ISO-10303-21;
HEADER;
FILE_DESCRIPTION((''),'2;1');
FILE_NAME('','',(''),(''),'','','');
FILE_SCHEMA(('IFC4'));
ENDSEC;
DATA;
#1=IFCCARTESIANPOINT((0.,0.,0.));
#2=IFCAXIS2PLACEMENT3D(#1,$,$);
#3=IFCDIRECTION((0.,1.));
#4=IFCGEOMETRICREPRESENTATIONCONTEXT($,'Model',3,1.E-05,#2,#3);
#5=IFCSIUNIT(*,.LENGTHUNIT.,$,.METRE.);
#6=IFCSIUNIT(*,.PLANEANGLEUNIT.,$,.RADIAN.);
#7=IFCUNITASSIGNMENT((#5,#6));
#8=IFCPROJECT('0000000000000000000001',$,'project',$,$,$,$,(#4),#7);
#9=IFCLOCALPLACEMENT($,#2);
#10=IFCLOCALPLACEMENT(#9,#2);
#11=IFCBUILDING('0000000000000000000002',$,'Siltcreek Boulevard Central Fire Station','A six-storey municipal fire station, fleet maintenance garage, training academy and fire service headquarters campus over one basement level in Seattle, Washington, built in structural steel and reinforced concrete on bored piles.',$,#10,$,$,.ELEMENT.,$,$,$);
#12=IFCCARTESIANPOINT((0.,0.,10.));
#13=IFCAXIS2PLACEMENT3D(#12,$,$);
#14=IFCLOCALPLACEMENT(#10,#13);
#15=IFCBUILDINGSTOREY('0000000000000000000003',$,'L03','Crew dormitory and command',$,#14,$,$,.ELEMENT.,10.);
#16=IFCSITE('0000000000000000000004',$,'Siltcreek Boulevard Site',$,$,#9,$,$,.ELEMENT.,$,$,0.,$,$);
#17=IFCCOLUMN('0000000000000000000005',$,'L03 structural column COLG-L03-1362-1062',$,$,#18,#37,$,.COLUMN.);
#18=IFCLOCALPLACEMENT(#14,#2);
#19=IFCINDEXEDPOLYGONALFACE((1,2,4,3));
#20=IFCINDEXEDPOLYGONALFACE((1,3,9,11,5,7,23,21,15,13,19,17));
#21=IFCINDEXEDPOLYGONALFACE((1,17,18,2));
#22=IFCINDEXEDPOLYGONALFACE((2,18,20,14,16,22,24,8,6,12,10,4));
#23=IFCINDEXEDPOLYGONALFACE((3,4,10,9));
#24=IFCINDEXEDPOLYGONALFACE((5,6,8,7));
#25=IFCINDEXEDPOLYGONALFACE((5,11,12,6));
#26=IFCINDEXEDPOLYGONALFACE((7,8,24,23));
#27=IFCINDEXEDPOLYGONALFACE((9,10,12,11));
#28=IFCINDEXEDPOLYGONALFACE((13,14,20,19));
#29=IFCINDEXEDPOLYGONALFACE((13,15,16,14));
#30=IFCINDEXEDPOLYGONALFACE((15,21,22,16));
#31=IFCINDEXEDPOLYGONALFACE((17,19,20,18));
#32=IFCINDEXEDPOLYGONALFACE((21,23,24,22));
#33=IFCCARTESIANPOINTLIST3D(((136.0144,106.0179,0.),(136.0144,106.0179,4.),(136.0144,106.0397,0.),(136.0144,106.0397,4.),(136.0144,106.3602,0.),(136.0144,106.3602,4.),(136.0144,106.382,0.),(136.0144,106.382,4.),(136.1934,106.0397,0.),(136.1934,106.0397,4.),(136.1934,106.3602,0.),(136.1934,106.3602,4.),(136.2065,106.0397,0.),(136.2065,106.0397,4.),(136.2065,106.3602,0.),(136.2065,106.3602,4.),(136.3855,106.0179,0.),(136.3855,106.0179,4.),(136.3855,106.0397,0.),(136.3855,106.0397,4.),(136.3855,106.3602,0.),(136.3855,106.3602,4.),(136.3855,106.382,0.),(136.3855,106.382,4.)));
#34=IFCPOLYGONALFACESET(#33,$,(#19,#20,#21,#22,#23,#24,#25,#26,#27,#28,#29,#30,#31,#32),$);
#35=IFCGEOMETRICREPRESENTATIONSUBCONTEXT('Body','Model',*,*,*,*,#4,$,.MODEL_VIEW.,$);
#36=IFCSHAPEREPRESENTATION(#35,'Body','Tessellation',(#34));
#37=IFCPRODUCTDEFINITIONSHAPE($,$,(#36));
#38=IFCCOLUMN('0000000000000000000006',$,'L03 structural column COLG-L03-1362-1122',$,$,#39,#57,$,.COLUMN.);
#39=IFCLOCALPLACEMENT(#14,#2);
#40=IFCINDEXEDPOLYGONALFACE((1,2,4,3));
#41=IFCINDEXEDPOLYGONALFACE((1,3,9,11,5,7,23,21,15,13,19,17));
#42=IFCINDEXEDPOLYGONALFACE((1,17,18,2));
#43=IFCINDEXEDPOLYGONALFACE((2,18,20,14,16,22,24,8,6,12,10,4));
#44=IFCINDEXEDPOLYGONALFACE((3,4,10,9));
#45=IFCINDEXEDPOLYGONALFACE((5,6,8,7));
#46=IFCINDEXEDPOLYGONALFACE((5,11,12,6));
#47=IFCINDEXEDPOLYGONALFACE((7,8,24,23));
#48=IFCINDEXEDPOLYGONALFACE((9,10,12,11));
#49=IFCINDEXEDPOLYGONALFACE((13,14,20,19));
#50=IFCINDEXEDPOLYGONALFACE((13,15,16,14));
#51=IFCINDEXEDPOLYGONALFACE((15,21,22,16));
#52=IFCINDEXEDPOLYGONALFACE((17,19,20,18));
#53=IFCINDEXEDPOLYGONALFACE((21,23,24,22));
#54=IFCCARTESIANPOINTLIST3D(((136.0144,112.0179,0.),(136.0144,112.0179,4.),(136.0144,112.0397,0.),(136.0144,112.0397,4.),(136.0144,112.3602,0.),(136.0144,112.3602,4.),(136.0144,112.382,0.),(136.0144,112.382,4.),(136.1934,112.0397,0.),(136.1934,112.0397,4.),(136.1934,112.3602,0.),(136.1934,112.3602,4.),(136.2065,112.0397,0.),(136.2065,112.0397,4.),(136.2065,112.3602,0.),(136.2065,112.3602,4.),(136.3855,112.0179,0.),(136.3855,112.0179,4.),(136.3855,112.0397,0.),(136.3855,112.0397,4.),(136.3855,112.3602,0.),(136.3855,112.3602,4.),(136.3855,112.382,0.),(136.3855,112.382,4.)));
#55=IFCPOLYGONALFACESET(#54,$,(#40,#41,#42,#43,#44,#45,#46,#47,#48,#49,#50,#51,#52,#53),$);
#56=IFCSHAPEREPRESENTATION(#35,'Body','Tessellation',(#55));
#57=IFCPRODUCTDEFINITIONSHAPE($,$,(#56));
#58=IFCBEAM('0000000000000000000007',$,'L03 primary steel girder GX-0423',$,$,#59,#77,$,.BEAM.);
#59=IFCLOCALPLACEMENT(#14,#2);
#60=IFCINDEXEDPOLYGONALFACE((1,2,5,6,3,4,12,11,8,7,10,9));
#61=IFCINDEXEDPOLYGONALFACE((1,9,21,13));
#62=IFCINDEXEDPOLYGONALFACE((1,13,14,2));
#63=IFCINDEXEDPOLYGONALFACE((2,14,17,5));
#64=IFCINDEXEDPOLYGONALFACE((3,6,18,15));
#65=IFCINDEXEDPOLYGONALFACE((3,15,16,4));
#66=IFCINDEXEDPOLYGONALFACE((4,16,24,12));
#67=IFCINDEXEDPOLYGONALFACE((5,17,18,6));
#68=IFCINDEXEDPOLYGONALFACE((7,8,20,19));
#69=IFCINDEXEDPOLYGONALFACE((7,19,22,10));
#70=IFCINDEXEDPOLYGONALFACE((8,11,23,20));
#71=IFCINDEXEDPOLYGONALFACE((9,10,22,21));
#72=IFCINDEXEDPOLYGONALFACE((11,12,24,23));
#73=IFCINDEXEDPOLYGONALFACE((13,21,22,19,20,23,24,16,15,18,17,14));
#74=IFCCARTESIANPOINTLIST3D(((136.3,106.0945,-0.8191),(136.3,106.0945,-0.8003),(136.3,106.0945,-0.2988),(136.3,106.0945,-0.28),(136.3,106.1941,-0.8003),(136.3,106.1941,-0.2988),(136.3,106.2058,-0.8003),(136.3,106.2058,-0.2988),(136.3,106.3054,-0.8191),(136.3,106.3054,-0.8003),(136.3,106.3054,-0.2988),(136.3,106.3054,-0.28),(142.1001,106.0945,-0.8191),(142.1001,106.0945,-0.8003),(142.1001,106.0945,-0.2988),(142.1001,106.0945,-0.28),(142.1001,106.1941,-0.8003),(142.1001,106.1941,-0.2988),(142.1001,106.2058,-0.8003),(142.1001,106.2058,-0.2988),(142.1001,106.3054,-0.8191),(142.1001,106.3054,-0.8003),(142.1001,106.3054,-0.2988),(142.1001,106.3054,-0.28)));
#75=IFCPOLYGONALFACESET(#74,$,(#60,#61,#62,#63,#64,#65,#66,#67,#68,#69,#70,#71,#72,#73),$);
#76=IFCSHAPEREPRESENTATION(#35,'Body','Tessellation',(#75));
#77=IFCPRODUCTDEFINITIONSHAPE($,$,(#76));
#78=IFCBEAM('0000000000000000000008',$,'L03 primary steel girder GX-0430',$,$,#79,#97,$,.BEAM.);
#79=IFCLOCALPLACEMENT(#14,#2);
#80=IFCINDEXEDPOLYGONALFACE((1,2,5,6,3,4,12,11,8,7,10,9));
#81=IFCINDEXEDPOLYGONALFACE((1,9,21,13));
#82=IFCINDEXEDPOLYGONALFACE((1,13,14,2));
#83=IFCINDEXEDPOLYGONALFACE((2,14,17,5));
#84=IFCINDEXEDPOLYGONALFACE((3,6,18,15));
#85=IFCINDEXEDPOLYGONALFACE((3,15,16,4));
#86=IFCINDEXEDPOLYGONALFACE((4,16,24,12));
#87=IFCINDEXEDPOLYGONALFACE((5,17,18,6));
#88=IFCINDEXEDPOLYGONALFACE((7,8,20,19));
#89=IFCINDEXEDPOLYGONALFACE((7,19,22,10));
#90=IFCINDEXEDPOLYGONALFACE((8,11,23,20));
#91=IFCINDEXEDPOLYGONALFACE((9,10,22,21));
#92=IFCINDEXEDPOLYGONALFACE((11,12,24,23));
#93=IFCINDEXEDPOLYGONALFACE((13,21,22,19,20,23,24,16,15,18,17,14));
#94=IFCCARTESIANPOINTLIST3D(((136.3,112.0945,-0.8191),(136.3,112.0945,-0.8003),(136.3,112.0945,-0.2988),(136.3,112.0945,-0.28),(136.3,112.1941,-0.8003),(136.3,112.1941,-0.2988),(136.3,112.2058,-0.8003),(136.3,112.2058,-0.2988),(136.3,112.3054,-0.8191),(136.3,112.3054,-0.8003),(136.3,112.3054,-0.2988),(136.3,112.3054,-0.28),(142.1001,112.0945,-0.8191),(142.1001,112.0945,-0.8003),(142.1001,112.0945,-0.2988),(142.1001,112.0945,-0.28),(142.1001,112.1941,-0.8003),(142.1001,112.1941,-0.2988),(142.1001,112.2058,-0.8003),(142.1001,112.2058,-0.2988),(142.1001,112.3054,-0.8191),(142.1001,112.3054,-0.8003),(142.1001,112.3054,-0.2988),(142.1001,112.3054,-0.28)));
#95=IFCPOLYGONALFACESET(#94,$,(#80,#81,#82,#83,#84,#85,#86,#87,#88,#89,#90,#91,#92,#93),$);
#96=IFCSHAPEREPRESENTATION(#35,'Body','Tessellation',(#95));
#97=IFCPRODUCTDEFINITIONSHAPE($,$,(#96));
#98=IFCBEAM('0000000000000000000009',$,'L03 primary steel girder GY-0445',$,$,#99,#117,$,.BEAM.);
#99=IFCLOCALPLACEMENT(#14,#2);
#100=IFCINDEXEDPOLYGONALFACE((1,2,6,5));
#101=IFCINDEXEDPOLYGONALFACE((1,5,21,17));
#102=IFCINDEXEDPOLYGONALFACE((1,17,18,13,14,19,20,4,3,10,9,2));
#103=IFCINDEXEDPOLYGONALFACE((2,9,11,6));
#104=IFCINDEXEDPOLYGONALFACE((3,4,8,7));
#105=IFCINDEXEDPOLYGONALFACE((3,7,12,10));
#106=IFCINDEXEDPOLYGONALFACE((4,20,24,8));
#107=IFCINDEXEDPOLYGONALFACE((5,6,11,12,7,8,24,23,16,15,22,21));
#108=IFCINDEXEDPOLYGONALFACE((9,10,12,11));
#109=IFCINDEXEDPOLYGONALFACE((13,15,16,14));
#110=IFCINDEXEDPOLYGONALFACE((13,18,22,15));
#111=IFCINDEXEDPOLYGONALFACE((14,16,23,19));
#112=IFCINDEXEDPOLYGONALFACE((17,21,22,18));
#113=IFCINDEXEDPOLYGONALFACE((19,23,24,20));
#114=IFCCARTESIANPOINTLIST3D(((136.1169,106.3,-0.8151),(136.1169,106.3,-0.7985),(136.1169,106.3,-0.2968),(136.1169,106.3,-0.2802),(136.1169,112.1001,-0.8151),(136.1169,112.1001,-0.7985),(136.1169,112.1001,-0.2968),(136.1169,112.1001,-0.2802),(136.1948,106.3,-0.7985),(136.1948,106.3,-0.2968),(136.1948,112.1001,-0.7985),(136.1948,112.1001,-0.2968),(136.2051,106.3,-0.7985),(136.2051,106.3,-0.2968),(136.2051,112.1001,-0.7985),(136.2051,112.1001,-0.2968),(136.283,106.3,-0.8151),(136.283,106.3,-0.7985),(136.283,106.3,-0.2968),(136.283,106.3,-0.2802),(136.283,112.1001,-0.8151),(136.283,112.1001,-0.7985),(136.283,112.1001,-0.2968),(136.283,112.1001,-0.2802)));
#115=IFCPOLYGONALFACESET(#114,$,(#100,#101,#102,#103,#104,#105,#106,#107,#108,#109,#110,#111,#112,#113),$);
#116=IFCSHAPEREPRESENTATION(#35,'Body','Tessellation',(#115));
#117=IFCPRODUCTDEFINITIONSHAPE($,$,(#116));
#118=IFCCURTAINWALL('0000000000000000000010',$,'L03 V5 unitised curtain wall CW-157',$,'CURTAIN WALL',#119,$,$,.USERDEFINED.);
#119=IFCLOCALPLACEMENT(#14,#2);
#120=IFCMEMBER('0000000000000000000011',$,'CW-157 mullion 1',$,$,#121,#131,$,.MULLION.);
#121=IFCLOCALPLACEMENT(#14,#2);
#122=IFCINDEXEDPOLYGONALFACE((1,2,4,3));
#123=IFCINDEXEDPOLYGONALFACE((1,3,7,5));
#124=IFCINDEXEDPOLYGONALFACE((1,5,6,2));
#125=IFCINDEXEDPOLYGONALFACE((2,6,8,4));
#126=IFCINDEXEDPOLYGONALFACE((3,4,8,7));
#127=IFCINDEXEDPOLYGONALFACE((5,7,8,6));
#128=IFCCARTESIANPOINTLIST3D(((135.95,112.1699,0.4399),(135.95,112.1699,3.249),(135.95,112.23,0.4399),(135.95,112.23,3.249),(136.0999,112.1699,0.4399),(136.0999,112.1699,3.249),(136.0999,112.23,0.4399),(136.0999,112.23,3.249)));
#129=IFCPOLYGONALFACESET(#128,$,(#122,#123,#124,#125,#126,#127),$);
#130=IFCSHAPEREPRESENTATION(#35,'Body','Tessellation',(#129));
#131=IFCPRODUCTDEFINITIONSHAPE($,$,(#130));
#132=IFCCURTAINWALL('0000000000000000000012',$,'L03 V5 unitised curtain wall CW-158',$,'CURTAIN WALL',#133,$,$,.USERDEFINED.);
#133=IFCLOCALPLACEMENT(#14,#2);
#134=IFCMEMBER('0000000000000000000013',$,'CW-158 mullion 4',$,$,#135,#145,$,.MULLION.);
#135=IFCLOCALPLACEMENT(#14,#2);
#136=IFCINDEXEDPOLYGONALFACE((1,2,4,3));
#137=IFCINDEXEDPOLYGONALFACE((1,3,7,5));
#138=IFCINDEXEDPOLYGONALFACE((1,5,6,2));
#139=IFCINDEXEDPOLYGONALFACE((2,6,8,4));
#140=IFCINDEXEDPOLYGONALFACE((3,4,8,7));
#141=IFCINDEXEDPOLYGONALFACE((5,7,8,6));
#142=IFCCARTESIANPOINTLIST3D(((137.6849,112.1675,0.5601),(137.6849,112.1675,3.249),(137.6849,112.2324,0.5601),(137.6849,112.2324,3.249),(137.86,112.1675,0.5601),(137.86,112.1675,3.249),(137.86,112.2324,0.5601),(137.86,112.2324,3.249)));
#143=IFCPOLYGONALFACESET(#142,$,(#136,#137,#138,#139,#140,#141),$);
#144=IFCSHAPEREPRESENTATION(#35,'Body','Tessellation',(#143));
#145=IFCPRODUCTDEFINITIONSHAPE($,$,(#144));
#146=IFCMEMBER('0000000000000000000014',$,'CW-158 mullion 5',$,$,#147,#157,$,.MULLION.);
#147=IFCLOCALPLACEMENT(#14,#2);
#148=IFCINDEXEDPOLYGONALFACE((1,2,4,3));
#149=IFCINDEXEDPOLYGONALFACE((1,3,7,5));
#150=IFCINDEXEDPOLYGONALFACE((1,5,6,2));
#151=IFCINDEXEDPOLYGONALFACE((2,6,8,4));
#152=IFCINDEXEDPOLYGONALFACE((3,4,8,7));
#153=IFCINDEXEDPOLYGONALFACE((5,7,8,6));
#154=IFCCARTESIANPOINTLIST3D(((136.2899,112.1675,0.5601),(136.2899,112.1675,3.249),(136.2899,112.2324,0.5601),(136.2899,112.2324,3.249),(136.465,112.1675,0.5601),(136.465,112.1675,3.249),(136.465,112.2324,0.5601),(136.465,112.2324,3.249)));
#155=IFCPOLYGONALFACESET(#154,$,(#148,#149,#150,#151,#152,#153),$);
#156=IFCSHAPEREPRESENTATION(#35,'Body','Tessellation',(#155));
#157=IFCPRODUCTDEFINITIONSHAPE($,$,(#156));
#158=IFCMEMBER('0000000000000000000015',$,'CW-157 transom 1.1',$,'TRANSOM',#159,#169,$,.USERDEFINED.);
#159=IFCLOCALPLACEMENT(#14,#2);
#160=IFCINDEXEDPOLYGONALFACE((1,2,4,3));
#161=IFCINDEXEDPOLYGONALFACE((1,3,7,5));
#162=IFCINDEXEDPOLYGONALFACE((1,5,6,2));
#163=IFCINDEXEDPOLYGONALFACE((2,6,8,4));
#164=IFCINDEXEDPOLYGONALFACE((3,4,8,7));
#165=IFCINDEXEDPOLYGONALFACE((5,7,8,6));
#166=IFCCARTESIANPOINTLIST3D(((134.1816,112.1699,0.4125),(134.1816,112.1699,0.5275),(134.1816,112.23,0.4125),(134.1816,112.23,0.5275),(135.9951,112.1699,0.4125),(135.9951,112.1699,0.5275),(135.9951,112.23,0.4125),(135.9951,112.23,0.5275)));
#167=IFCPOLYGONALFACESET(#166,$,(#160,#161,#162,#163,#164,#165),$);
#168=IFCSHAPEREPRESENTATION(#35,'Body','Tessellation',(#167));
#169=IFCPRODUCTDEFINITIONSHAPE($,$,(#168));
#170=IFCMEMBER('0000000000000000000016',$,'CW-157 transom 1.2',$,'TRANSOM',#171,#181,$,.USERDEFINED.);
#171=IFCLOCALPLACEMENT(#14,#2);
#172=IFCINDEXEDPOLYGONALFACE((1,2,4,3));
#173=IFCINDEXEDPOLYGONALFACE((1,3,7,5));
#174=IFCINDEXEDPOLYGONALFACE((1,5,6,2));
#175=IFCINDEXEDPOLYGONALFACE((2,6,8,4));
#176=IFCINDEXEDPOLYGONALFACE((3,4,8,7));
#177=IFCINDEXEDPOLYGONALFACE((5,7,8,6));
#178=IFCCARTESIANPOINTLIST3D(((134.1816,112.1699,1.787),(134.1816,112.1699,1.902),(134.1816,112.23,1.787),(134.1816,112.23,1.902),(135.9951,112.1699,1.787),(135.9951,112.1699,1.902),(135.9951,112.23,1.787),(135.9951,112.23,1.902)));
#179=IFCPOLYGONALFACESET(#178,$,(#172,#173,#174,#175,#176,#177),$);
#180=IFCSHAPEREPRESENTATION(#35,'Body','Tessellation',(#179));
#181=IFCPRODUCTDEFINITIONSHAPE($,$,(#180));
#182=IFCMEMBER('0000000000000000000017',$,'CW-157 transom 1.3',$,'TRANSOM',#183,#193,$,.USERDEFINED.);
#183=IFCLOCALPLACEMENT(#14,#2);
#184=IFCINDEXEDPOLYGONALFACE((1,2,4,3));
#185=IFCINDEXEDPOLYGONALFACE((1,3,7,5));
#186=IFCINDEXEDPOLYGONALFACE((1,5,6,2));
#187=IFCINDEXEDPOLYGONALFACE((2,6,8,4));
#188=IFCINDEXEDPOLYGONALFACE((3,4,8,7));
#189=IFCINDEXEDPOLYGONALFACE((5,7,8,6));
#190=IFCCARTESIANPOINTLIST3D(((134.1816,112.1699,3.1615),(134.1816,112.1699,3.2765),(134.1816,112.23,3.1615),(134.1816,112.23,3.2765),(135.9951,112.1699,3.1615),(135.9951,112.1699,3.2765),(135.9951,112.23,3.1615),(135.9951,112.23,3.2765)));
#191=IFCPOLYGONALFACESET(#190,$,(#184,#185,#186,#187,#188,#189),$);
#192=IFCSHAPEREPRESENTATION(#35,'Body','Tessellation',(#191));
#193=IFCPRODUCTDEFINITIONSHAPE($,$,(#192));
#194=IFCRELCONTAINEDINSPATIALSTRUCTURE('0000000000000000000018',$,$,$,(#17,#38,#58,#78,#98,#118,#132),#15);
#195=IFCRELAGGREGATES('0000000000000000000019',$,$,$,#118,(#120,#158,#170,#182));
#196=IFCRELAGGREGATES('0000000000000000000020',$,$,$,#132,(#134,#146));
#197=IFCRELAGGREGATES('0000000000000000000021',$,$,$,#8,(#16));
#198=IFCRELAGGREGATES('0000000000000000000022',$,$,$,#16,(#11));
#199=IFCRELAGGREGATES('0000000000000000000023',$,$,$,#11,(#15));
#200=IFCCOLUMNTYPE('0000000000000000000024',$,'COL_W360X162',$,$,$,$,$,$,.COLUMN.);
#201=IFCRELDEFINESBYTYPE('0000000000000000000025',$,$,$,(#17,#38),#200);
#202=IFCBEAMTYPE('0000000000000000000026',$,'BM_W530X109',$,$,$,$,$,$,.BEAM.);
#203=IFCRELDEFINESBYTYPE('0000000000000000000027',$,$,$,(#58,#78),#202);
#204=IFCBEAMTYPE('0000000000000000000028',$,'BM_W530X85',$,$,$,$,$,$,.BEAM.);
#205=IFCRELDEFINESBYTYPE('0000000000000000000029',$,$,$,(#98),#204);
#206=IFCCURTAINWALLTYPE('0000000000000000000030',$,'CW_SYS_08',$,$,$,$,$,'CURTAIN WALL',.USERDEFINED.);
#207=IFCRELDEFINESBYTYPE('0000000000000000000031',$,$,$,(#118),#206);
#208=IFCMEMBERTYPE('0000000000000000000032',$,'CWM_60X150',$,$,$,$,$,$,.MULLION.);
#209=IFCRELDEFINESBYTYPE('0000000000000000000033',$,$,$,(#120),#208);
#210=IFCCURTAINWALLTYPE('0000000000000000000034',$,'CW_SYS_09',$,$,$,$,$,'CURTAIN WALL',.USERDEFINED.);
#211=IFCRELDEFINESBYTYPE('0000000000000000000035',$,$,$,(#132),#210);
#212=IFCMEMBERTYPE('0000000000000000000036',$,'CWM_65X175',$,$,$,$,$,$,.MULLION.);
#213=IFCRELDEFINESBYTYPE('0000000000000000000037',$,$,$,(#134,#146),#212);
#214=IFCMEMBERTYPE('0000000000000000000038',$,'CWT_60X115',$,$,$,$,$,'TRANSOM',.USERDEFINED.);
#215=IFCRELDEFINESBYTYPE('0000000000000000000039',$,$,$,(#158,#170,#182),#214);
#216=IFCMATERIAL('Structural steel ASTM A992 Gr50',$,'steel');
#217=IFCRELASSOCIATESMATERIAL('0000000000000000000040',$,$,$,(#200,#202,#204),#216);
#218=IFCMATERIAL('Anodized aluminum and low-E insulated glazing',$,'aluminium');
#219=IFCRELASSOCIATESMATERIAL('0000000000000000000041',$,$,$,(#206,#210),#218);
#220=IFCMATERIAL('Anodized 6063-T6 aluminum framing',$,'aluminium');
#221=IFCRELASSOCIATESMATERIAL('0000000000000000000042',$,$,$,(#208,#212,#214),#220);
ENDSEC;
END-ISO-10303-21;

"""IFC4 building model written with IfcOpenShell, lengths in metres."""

from ifc_helpers import new_model, si_unit, direction, frame, origin, origin_2d, place, context, subcontext, project, spatial, rectangle, i_section, extrude, material, material_profile, profile_set, type_object, element, aggregate, save


model = new_model("IFC4")

# Units and contexts
model_context = context("Model", 3, precision=1e-05, world=origin(), true_north=direction((0.0, 1.0)))
body_context = subcontext(model_context, "Body", "Model", "MODEL_VIEW")
ifc_project = project(units=[si_unit("LENGTHUNIT", "METRE"), si_unit("PLANEANGLEUNIT", "RADIAN")], contexts=[model_context])

# Site, building, storey
site_placement = place(None, origin())
site = spatial("IfcSite", under=ifc_project, at=site_placement, Name="Siltcreek Boulevard Site", CompositionType="ELEMENT", RefElevation=0.0)
building_placement = place(site_placement, origin())
building = spatial("IfcBuilding", under=site, at=building_placement, Name="Siltcreek Boulevard Central Fire Station", Description="A six-storey municipal fire station, fleet maintenance garage, training academy and fire service headquarters campus over one basement level in Seattle, Washington, built in structural steel and reinforced concrete on bored piles.", CompositionType="ELEMENT")
storey_placement = place(building_placement, frame((0.0, 0.0, 10.0)))
storey = spatial("IfcBuildingStorey", under=building, at=storey_placement, Name="L03", Description="Crew dormitory and command", CompositionType="ELEMENT", Elevation=10.0)

# Columns
ifc_material_1 = material(Name="Structural steel ASTM A992 Gr50", Category="steel")
ifc_material_profile_1 = material_profile(ifc_material_1, i_section(OverallWidth=0.3711, OverallDepth=0.364, WebThickness=0.0132, FlangeThickness=0.0217, at=origin_2d()), Name="W360X162")
ifc_profile_set_1 = profile_set([ifc_material_profile_1], Name="Structural steel ASTM A992 Gr50")
column_type = type_object("IfcColumnType", Name="COL_W360X162", PredefinedType="COLUMN", material=ifc_profile_set_1)
for number, where, z_axis, x_axis, name in (
    (1, (136.2, 106.2, 0.0), (0.0, 0.0, 1.0), (1.0, 0.0, 0.0), "L03 structural column COLG-L03-1362-1062"),
    (2, (136.2, 112.2, 0.0), (0.0, 0.0, 1.0), (1.0, 0.0, 0.0), "L03 structural column COLG-L03-1362-1122"),
):
    element("IfcColumn", number, at=place(storey_placement, frame(where, z_axis=z_axis, x_axis=x_axis)), inside=storey, type_object=column_type, Name=name, PredefinedType="COLUMN", context=body_context, shape_type="SweptSolid", body=[
        extrude(i_section(OverallWidth=0.3711, OverallDepth=0.364, WebThickness=0.0132, FlangeThickness=0.0217, at=origin_2d()), origin(), (0.0, 0.0, 1.0), 4.0),
    ])

# Beams
ifc_material_profile_2 = material_profile(ifc_material_1, i_section(OverallWidth=0.2109, OverallDepth=0.5391, WebThickness=0.0117, FlangeThickness=0.0188, at=origin_2d()), Name="W530X109")
ifc_profile_set_2 = profile_set([ifc_material_profile_2], Name="Structural steel ASTM A992 Gr50")
beam_type_1 = type_object("IfcBeamType", Name="BM_W530X109", PredefinedType="BEAM", material=ifc_profile_set_2)
for number, where, z_axis, x_axis, name in (
    (3, (136.3, 106.2, -0.5496), (1.0, 0.0, 0.0), (0.0, 1.0, 0.0), "L03 primary steel girder GX-0423"),
    (4, (136.3, 112.2, -0.5496), (1.0, 0.0, 0.0), (0.0, 1.0, 0.0), "L03 primary steel girder GX-0430"),
):
    element("IfcBeam", number, at=place(storey_placement, frame(where, z_axis=z_axis, x_axis=x_axis)), inside=storey, type_object=beam_type_1, Name=name, PredefinedType="BEAM", context=body_context, shape_type="SweptSolid", body=[
        extrude(i_section(OverallWidth=0.2109, OverallDepth=0.5391, WebThickness=0.0117, FlangeThickness=0.0188, at=origin_2d()), origin(), (0.0, 0.0, 1.0), 5.8),
    ])
ifc_material_profile_3 = material_profile(ifc_material_1, i_section(OverallWidth=0.166, OverallDepth=0.5349, WebThickness=0.0103, FlangeThickness=0.0166, at=origin_2d()), Name="W530X85")
ifc_profile_set_3 = profile_set([ifc_material_profile_3], Name="Structural steel ASTM A992 Gr50")
beam_type_2 = type_object("IfcBeamType", Name="BM_W530X85", PredefinedType="BEAM", material=ifc_profile_set_3)
beam_1_placement = place(storey_placement, frame((136.2, 106.3, -0.5476), z_axis=(0.0, 1.0, 0.0), x_axis=(-1.0, 0.0, 0.0)))
element("IfcBeam", 5, at=beam_1_placement, inside=storey, type_object=beam_type_2, Name="L03 primary steel girder GY-0445", PredefinedType="BEAM", context=body_context, shape_type="SweptSolid", body=[
    extrude(i_section(OverallWidth=0.166, OverallDepth=0.5349, WebThickness=0.0103, FlangeThickness=0.0166, at=origin_2d()), origin(), (0.0, 0.0, 1.0), 5.8),
])

# Curtain wall, member
ifc_material_2 = material(Name="Anodized aluminum and low-E insulated glazing", Category="aluminium")
curtain_wall_type_1 = type_object("IfcCurtainWallType", Name="CW_SYS_08", ElementType="CURTAIN WALL", PredefinedType="USERDEFINED", material=ifc_material_2)
curtain_wall_1_placement = place(storey_placement, origin())
curtain_wall_1 = element("IfcCurtainWall", 6, at=curtain_wall_1_placement, inside=storey, type_object=curtain_wall_type_1, Name="L03 V5 unitised curtain wall CW-157", ObjectType="CURTAIN WALL", PredefinedType="USERDEFINED")
ifc_material_3 = material(Name="Anodized 6063-T6 aluminum framing", Category="aluminium")
ifc_material_profile_4 = material_profile(ifc_material_3, rectangle(XDim=0.0601, YDim=0.1499, at=origin_2d()), Name="MULL60X150")
ifc_profile_set_4 = profile_set([ifc_material_profile_4], Name="Anodized 6063-T6 aluminum framing")
member_type_1 = type_object("IfcMemberType", Name="CWM_60X150", PredefinedType="MULLION", material=ifc_profile_set_4)
member_1_placement = place(storey_placement, frame((136.0249, 112.2, 0.4399), z_axis=(0.0, 0.0, 1.0), x_axis=(0.0, -1.0, 0.0)))
member_1 = element("IfcMember", 7, at=member_1_placement, type_object=member_type_1, Name="CW-157 mullion 1", PredefinedType="MULLION", context=body_context, shape_type="SweptSolid", body=[
    extrude(rectangle(XDim=0.0601, YDim=0.1499, at=origin_2d()), origin(), (0.0, 0.0, 1.0), 2.8091),
])

# Curtain wall, members
curtain_wall_type_2 = type_object("IfcCurtainWallType", Name="CW_SYS_09", ElementType="CURTAIN WALL", PredefinedType="USERDEFINED", material=ifc_material_2)
curtain_wall_2_placement = place(storey_placement, origin())
curtain_wall_2 = element("IfcCurtainWall", 8, at=curtain_wall_2_placement, inside=storey, type_object=curtain_wall_type_2, Name="L03 V5 unitised curtain wall CW-158", ObjectType="CURTAIN WALL", PredefinedType="USERDEFINED")
ifc_material_profile_5 = material_profile(ifc_material_3, rectangle(XDim=0.0649, YDim=0.175, at=origin_2d()), Name="MULL65X175")
ifc_profile_set_5 = profile_set([ifc_material_profile_5], Name="Anodized 6063-T6 aluminum framing")
member_type_2 = type_object("IfcMemberType", Name="CWM_65X175", PredefinedType="MULLION", material=ifc_profile_set_5)
member_2_placement = place(storey_placement, frame((137.7725, 112.2, 0.5601), z_axis=(0.0, 0.0, 1.0), x_axis=(0.0, -1.0, 0.0)))
member_2 = element("IfcMember", 9, at=member_2_placement, type_object=member_type_2, Name="CW-158 mullion 4", PredefinedType="MULLION", context=body_context, shape_type="SweptSolid", body=[
    extrude(rectangle(XDim=0.0649, YDim=0.175, at=origin_2d()), origin(), (0.0, 0.0, 1.0), 2.689),
])
member_3_placement = place(storey_placement, frame((136.3774, 112.2, 0.5601), z_axis=(0.0, 0.0, 1.0), x_axis=(0.0, -1.0, 0.0)))
member_3 = element("IfcMember", 10, at=member_3_placement, type_object=member_type_2, Name="CW-158 mullion 5", PredefinedType="MULLION", context=body_context, shape_type="SweptSolid", body=[
    extrude(rectangle(XDim=0.0649, YDim=0.175, at=origin_2d()), origin(), (0.0, 0.0, 1.0), 2.689),
])

# Members
ifc_material_profile_6 = material_profile(ifc_material_3, rectangle(XDim=0.0601, YDim=0.115, at=origin_2d()), Name="TRAN60X115")
ifc_profile_set_6 = profile_set([ifc_material_profile_6], Name="Anodized 6063-T6 aluminum framing")
member_type_3 = type_object("IfcMemberType", Name="CWT_60X115", ElementType="TRANSOM", PredefinedType="USERDEFINED", material=ifc_profile_set_6)
member_4_placement = place(storey_placement, frame((135.9951, 112.2, 0.47), z_axis=(-1.0, 0.0, 0.0), x_axis=(0.0, -1.0, 0.0)))
member_4 = element("IfcMember", 11, at=member_4_placement, type_object=member_type_3, Name="CW-157 transom 1.1", ObjectType="TRANSOM", PredefinedType="USERDEFINED", context=body_context, shape_type="SweptSolid", body=[
    extrude(rectangle(XDim=0.0601, YDim=0.115, at=origin_2d()), origin(), (0.0, 0.0, 1.0), 1.8135),
])
member_5_placement = place(storey_placement, frame((135.9951, 112.2, 1.8445), z_axis=(-1.0, 0.0, 0.0), x_axis=(0.0, -1.0, 0.0)))
member_5 = element("IfcMember", 12, at=member_5_placement, type_object=member_type_3, Name="CW-157 transom 1.2", ObjectType="TRANSOM", PredefinedType="USERDEFINED", context=body_context, shape_type="SweptSolid", body=[
    extrude(rectangle(XDim=0.0601, YDim=0.115, at=origin_2d()), origin(), (0.0, 0.0, 1.0), 1.8135),
])
member_6_placement = place(storey_placement, frame((135.9951, 112.2, 3.219), z_axis=(-1.0, 0.0, 0.0), x_axis=(0.0, -1.0, 0.0)))
member_6 = element("IfcMember", 13, at=member_6_placement, type_object=member_type_3, Name="CW-157 transom 1.3", ObjectType="TRANSOM", PredefinedType="USERDEFINED", context=body_context, shape_type="SweptSolid", body=[
    extrude(rectangle(XDim=0.0601, YDim=0.115, at=origin_2d()), origin(), (0.0, 0.0, 1.0), 1.8135),
])
aggregate(curtain_wall_1, [member_1, member_4, member_5, member_6])

aggregate(curtain_wall_2, [member_2, member_3])

save(model, "model.ifc")
